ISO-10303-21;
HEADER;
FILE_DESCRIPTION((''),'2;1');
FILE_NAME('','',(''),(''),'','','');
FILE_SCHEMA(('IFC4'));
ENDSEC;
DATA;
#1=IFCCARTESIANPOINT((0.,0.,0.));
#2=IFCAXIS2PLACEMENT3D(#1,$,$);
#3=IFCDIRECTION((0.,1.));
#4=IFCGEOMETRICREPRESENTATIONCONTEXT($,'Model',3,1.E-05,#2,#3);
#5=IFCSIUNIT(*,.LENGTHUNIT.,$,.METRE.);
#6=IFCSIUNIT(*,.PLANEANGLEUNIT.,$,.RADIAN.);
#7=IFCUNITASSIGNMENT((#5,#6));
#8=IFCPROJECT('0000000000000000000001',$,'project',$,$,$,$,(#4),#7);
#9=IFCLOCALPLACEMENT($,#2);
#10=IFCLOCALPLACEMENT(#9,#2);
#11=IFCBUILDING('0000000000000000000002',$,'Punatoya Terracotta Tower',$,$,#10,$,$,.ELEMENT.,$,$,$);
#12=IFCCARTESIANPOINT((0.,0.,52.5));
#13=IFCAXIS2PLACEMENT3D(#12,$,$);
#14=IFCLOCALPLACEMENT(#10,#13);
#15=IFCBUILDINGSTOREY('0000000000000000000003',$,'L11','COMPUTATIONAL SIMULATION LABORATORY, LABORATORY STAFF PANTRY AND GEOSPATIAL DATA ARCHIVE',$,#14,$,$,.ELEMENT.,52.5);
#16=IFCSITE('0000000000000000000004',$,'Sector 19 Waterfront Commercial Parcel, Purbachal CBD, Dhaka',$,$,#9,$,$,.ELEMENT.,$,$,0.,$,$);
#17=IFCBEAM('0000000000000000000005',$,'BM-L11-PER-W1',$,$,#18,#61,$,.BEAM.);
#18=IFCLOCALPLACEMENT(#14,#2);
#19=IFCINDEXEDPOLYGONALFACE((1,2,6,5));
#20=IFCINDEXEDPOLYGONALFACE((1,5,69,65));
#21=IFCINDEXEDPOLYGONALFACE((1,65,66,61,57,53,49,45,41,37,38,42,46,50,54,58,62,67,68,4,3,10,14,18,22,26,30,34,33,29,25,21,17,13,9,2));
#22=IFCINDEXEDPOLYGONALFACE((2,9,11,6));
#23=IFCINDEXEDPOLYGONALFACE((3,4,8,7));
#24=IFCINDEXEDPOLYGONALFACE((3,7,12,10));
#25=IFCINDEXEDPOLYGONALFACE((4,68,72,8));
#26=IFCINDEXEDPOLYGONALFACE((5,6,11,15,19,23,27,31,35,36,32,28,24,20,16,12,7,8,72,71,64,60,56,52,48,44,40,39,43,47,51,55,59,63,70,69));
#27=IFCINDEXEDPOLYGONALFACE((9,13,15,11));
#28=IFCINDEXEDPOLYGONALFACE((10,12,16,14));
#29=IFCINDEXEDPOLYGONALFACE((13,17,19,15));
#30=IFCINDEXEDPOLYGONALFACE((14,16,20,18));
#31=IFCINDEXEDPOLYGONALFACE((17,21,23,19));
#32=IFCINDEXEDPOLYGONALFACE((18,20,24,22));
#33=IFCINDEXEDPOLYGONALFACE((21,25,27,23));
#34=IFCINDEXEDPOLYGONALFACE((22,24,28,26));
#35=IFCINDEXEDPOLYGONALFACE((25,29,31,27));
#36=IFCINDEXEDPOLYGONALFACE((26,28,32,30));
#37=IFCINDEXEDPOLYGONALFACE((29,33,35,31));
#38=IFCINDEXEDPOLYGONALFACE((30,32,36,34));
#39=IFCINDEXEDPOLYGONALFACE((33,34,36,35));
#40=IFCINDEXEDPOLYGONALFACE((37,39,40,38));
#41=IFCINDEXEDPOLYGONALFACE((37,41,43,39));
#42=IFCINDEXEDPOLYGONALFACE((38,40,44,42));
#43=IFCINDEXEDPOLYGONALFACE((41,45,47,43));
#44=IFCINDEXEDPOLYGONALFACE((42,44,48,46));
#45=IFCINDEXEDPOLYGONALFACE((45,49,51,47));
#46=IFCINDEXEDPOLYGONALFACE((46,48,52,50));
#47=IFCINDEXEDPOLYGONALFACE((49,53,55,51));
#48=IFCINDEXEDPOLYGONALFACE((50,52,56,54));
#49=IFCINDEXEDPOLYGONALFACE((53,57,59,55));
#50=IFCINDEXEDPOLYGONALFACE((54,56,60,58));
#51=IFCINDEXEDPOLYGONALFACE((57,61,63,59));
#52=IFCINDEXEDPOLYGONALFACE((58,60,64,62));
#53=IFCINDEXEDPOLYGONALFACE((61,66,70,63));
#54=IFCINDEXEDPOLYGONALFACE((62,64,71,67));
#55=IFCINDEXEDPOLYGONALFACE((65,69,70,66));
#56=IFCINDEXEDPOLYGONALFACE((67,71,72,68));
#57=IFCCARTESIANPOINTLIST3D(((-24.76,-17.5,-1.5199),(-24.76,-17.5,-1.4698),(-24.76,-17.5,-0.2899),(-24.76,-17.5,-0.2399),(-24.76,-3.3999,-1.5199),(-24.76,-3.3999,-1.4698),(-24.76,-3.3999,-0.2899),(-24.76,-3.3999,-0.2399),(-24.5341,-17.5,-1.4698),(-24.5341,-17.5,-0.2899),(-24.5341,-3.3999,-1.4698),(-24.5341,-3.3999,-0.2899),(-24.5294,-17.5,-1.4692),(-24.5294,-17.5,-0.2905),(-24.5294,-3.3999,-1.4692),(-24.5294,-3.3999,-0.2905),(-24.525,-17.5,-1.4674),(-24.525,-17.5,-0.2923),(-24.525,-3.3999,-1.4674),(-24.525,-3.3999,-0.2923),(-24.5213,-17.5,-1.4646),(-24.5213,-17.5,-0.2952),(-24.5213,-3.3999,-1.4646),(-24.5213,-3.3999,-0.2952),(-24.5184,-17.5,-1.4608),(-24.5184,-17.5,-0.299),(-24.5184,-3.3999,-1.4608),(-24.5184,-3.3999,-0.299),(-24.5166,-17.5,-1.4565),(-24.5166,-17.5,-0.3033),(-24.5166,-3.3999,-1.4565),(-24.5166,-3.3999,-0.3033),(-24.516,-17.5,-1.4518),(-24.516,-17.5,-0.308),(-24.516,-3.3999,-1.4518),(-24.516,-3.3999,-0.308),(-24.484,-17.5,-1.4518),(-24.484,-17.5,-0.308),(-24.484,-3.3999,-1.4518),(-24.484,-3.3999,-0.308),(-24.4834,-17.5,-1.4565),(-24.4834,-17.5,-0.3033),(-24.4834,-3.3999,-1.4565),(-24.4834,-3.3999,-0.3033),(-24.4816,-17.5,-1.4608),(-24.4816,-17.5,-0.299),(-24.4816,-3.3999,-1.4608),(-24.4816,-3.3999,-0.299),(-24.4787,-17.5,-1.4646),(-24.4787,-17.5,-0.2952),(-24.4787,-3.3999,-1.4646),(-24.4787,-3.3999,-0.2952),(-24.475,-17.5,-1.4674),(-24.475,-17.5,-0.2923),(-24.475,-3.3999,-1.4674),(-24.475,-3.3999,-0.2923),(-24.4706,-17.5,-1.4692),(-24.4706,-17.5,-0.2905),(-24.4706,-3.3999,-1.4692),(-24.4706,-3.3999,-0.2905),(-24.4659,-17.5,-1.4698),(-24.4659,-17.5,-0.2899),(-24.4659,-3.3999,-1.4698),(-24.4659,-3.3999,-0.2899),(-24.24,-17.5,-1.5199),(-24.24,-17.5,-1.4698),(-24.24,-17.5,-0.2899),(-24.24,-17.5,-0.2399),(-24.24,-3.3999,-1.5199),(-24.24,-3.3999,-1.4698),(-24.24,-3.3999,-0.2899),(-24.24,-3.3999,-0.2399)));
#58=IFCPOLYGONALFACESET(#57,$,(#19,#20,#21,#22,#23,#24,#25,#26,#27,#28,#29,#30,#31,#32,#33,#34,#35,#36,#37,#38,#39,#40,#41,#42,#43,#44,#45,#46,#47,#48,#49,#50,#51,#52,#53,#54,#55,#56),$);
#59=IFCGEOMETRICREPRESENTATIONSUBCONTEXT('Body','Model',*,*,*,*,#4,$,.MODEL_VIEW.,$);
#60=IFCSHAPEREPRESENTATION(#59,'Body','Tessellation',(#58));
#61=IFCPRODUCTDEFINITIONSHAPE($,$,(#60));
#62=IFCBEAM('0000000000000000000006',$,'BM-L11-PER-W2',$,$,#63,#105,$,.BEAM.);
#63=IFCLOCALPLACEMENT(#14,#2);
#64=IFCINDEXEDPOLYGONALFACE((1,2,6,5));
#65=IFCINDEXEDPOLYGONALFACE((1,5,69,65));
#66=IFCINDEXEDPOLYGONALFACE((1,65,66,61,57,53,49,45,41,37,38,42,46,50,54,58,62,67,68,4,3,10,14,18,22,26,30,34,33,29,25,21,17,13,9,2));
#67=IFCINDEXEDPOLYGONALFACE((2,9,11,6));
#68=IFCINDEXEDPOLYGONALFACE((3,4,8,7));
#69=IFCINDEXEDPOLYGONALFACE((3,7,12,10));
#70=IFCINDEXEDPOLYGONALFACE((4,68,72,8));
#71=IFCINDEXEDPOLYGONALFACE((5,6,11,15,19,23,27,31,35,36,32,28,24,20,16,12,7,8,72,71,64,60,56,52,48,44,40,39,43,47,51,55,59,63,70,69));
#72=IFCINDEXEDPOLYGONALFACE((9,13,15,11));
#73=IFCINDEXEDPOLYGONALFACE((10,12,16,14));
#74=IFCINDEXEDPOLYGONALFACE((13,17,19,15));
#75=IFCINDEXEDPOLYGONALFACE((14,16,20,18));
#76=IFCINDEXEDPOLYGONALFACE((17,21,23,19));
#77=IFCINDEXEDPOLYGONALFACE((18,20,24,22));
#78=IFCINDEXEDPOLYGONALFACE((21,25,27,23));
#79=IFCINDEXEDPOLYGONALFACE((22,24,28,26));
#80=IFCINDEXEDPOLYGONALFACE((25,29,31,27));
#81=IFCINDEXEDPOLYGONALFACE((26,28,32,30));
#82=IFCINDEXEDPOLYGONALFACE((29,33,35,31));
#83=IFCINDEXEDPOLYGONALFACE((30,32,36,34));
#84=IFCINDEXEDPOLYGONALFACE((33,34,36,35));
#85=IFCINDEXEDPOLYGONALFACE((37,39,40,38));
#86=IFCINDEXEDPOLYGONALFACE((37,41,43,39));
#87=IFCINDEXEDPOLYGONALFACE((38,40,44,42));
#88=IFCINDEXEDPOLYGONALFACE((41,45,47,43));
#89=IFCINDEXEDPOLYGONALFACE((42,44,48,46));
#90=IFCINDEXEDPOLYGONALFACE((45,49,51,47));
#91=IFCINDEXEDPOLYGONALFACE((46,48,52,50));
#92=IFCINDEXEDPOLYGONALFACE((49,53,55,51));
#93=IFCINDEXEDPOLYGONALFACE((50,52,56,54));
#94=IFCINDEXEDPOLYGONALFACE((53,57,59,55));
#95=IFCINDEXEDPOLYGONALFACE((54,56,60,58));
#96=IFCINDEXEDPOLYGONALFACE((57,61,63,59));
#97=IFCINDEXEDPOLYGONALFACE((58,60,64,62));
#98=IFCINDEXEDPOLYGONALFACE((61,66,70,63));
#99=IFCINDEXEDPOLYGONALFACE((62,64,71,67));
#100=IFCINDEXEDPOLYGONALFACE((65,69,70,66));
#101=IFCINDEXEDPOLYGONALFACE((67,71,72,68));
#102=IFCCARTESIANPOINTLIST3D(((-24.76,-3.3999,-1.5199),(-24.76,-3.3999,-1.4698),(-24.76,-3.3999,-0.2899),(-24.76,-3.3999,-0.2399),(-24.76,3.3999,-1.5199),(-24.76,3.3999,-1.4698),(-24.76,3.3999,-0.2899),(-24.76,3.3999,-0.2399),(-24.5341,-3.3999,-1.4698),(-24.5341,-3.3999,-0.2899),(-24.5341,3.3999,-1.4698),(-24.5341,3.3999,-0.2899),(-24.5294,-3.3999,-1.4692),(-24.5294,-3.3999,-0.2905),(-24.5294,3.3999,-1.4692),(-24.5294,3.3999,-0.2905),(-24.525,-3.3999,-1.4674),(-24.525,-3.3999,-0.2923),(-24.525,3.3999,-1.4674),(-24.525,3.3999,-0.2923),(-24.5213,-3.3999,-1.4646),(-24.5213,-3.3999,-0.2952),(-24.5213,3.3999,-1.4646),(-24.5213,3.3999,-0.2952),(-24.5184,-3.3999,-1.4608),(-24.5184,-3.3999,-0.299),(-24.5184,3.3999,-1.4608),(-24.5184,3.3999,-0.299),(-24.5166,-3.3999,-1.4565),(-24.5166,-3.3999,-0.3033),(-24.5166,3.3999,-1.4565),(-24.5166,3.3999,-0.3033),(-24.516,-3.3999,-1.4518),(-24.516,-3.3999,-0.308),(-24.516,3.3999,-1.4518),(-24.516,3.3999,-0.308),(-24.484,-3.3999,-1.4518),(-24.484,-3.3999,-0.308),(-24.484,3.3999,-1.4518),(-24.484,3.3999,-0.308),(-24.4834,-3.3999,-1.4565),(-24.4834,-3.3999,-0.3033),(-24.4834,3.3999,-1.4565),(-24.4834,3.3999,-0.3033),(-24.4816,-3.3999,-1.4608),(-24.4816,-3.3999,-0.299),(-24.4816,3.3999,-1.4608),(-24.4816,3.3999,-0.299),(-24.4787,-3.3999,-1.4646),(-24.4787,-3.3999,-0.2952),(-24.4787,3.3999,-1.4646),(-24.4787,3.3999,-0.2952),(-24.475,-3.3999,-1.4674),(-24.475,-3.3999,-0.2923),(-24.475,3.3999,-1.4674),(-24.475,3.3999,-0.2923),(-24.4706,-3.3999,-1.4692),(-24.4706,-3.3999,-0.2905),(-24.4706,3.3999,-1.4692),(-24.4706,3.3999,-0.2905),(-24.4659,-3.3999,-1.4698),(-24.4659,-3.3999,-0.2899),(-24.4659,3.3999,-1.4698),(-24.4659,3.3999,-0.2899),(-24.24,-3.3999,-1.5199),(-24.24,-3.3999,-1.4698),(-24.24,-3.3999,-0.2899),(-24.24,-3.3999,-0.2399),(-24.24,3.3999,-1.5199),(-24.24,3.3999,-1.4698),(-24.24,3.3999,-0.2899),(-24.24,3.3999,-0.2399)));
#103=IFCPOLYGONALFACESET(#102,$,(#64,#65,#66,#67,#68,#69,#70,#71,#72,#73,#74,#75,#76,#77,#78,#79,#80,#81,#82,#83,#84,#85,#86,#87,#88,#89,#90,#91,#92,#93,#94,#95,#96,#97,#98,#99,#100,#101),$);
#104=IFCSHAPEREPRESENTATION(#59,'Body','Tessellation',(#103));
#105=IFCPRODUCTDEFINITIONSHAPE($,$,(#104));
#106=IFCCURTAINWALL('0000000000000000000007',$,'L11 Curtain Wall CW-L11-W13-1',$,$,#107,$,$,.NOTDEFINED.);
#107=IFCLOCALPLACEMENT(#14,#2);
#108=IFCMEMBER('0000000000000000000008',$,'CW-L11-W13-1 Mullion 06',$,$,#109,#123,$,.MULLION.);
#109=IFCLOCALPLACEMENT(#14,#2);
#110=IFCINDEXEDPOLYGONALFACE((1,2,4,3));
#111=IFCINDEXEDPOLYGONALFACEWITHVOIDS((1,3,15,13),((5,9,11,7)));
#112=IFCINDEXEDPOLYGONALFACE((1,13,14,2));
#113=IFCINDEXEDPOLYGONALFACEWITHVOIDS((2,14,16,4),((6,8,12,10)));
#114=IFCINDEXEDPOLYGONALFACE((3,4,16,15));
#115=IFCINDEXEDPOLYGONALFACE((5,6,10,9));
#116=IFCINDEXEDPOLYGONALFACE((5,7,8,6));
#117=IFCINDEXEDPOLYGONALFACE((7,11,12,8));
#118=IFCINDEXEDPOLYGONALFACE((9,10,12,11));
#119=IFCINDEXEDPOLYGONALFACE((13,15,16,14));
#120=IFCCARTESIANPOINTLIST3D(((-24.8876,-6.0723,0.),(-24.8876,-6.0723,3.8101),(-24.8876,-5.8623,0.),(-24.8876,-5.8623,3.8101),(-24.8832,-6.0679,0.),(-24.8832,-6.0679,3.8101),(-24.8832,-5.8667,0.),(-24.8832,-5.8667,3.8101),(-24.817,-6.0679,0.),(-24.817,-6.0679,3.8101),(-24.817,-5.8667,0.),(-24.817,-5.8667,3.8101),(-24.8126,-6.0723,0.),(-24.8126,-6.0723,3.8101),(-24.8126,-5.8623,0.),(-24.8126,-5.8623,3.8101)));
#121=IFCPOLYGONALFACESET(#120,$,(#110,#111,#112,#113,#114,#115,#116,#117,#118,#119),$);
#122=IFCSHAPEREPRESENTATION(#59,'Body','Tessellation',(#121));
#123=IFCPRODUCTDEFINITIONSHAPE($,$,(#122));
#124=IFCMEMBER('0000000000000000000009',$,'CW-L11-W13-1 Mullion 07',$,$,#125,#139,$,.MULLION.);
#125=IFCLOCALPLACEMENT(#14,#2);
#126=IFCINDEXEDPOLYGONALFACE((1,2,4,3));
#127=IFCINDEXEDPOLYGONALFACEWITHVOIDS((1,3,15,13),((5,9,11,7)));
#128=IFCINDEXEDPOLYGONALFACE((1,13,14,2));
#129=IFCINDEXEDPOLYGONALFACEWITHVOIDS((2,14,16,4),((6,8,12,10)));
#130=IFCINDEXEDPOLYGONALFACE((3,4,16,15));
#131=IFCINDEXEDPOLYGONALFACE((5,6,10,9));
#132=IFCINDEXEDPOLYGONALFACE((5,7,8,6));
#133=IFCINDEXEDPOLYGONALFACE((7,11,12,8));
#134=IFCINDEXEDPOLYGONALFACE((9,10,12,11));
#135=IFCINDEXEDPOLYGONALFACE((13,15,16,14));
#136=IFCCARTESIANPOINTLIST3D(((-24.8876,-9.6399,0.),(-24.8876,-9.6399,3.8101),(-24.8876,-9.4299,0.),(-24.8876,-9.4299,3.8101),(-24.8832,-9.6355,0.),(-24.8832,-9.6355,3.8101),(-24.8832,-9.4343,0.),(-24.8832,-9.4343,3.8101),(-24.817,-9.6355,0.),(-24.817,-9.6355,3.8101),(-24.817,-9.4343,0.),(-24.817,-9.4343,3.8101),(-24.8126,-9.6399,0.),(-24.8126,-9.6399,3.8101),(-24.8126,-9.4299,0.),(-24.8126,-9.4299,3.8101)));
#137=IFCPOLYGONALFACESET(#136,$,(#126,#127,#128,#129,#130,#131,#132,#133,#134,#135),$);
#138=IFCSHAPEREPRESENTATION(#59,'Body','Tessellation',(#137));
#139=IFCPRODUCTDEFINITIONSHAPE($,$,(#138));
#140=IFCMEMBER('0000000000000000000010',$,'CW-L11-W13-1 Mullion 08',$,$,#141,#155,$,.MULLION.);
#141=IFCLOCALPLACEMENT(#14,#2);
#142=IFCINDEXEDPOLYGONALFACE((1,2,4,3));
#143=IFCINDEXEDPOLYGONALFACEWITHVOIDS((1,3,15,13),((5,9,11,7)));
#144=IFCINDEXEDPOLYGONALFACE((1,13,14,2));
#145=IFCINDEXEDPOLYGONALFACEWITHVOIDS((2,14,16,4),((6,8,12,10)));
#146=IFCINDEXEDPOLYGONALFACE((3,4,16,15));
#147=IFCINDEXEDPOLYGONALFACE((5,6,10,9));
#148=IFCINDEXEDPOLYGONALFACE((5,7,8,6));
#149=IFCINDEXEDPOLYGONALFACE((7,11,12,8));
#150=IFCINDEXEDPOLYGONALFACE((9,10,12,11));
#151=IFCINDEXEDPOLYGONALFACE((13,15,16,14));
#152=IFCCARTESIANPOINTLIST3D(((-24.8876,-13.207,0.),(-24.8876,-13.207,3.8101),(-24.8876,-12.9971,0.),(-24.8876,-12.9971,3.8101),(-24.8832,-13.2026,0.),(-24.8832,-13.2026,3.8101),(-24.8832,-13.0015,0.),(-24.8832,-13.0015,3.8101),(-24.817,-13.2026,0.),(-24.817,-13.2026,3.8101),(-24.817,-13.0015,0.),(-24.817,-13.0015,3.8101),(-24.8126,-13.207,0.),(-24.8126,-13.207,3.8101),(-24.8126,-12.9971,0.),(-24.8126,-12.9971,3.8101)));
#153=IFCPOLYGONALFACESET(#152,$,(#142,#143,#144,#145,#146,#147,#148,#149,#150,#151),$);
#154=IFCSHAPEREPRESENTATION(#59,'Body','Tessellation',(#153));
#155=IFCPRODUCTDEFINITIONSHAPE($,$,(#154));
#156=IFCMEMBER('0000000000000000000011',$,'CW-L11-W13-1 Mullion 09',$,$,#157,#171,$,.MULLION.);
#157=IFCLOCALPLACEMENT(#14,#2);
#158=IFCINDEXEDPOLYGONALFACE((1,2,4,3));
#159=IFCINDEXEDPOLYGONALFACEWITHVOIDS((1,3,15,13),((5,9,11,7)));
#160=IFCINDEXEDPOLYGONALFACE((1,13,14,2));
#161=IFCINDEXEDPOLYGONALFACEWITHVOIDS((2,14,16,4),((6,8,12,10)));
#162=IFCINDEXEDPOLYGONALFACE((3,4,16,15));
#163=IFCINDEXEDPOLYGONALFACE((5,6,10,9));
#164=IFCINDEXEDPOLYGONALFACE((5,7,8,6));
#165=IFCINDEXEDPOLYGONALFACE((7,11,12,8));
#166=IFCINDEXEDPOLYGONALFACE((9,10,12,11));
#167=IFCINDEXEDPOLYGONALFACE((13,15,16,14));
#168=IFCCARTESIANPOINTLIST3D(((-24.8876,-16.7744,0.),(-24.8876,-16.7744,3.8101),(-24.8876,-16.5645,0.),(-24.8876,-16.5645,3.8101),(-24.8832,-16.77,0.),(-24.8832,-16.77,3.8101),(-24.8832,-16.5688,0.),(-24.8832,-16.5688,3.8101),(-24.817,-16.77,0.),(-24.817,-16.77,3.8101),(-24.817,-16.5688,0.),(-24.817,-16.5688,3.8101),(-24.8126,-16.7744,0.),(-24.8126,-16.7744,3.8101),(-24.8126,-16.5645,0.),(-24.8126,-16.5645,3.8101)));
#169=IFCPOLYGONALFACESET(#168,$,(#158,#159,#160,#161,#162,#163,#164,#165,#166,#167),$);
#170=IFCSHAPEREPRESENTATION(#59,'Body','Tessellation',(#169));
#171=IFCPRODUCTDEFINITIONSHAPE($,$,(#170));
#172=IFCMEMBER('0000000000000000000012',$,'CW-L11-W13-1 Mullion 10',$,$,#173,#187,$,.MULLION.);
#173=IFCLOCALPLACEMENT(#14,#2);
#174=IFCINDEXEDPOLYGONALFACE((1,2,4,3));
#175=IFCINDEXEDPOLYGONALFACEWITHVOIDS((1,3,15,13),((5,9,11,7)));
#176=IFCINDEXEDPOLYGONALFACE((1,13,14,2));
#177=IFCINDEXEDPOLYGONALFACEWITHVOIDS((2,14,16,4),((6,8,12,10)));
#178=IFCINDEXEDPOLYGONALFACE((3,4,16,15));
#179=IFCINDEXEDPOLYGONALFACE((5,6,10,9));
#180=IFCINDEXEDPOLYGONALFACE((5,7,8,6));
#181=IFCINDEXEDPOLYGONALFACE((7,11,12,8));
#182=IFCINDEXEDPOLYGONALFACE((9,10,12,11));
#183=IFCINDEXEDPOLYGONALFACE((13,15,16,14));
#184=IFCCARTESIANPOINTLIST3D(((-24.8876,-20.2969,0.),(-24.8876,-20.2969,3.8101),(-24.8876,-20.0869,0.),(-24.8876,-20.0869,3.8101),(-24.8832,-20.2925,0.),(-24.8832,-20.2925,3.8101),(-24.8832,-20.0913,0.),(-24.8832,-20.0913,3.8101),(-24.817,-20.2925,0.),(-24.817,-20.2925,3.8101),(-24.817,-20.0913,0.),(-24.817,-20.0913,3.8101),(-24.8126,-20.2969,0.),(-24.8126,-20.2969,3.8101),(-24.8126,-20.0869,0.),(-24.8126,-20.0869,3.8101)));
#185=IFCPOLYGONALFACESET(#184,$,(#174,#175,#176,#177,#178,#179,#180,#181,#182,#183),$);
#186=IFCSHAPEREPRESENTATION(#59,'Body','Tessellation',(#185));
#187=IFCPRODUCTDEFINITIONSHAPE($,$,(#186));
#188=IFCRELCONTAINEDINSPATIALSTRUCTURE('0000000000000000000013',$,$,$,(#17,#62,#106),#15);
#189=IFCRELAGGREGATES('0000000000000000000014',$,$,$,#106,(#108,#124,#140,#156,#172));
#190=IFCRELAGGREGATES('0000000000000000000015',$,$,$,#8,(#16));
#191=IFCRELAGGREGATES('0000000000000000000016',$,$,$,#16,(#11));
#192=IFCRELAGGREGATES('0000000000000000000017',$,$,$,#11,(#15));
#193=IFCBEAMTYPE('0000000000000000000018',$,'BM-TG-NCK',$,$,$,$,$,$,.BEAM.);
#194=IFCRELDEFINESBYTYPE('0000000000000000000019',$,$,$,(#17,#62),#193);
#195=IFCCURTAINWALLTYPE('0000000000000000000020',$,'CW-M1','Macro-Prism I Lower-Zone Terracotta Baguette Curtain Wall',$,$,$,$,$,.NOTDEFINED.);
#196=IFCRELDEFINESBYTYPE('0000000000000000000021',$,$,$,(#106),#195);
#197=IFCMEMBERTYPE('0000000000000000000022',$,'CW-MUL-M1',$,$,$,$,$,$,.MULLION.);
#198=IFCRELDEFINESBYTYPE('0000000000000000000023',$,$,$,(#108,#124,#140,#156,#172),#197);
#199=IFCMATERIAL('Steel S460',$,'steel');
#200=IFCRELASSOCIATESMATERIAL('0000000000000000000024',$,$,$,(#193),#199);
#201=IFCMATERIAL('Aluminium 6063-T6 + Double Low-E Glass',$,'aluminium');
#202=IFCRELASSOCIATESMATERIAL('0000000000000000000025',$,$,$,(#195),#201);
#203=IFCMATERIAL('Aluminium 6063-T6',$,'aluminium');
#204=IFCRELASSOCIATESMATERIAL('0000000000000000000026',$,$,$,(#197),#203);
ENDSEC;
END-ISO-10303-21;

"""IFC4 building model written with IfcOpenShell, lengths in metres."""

from ifc_helpers import new_model, si_unit, direction, frame, origin, origin_2d, place, context, subcontext, project, spatial, hollow_rectangle, i_section, extrude, material, material_profile, profile_set, type_object, element, aggregate, save


model = new_model("IFC4")

# Units and contexts
model_context = context("Model", 3, precision=1e-05, world=origin(), true_north=direction((0.0, 1.0)))
body_context = subcontext(model_context, "Body", "Model", "MODEL_VIEW")
ifc_project = project(units=[si_unit("LENGTHUNIT", "METRE"), si_unit("PLANEANGLEUNIT", "RADIAN")], contexts=[model_context])

# Site, building, storey
site_placement = place(None, origin())
site = spatial("IfcSite", under=ifc_project, at=site_placement, Name="Sector 19 Waterfront Commercial Parcel, Purbachal CBD, Dhaka", CompositionType="ELEMENT", RefElevation=0.0)
building_placement = place(site_placement, origin())
building = spatial("IfcBuilding", under=site, at=building_placement, Name="Punatoya Terracotta Tower", CompositionType="ELEMENT")
storey_placement = place(building_placement, frame((0.0, 0.0, 52.5)))
storey = spatial("IfcBuildingStorey", under=building, at=storey_placement, Name="L11", Description="COMPUTATIONAL SIMULATION LABORATORY, LABORATORY STAFF PANTRY AND GEOSPATIAL DATA ARCHIVE", CompositionType="ELEMENT", Elevation=52.5)

# Shared definitions
ifc_material_1 = material(Name="Steel S460", Category="steel")

# Beams
ifc_material_profile_1 = material_profile(ifc_material_1, i_section(OverallWidth=0.52, OverallDepth=1.28, WebThickness=0.032, FlangeThickness=0.05, FilletRadius=0.0181, at=origin_2d()))
ifc_profile_set_1 = profile_set([ifc_material_profile_1], Name="Steel S460")
beam_type_1 = type_object("IfcBeamType", Name="BM-TG-NCK", PredefinedType="BEAM", material=ifc_profile_set_1)
beam_1_placement = place(storey_placement, frame((-24.5, -17.5, -0.8799), z_axis=(0.0, 1.0, 0.0), x_axis=(-1.0, 0.0, 0.0)))
element("IfcBeam", 1, at=beam_1_placement, inside=storey, type_object=beam_type_1, Name="BM-L11-PER-W1", PredefinedType="BEAM", context=body_context, shape_type="SweptSolid", body=[
    extrude(i_section(OverallWidth=0.52, OverallDepth=1.28, WebThickness=0.032, FlangeThickness=0.05, FilletRadius=0.0181, at=origin_2d()), origin(), (0.0, 0.0, 1.0), 14.1001),
])
beam_2_placement = place(storey_placement, frame((-24.5, -3.3999, -0.8799), z_axis=(0.0, 1.0, 0.0), x_axis=(-1.0, 0.0, 0.0)))
element("IfcBeam", 2, at=beam_2_placement, inside=storey, type_object=beam_type_1, Name="BM-L11-PER-W2", PredefinedType="BEAM", context=body_context, shape_type="SweptSolid", body=[
    extrude(i_section(OverallWidth=0.52, OverallDepth=1.28, WebThickness=0.032, FlangeThickness=0.05, FilletRadius=0.0181, at=origin_2d()), origin(), (0.0, 0.0, 1.0), 6.7998),
])

# Curtain wall, members
ifc_material_2 = material(Name="Aluminium 6063-T6 + Double Low-E Glass", Category="aluminium")
curtain_wall_type = type_object("IfcCurtainWallType", Name="CW-M1", Description="Macro-Prism I Lower-Zone Terracotta Baguette Curtain Wall", PredefinedType="NOTDEFINED", material=ifc_material_2)
curtain_wall_1_placement = place(storey_placement, origin())
curtain_wall_1 = element("IfcCurtainWall", 3, at=curtain_wall_1_placement, inside=storey, type_object=curtain_wall_type, Name="L11 Curtain Wall CW-L11-W13-1", PredefinedType="NOTDEFINED")
ifc_material_3 = material(Name="Aluminium 6063-T6", Category="aluminium")
ifc_material_profile_2 = material_profile(ifc_material_3, hollow_rectangle(XDim=0.075, YDim=0.21, WallThickness=0.0044, at=origin_2d()))
ifc_profile_set_2 = profile_set([ifc_material_profile_2], Name="Aluminium 6063-T6")
member_type_1 = type_object("IfcMemberType", Name="CW-MUL-M1", PredefinedType="MULLION", material=ifc_profile_set_2)
member_1_placement = place(storey_placement, frame((-24.8501, -5.9673, 0.0), z_axis=(0.0, 0.0, 1.0), x_axis=(1.0, 0.0, 0.0)))
member_1 = element("IfcMember", 4, at=member_1_placement, type_object=member_type_1, Name="CW-L11-W13-1 Mullion 06", PredefinedType="MULLION", context=body_context, shape_type="SweptSolid", body=[
    extrude(hollow_rectangle(XDim=0.075, YDim=0.21, WallThickness=0.0044, at=origin_2d()), origin(), (0.0, 0.0, 1.0), 3.8101),
])
member_2_placement = place(storey_placement, frame((-24.8501, -9.5349, 0.0), z_axis=(0.0, 0.0, 1.0), x_axis=(1.0, 0.0, 0.0)))
member_2 = element("IfcMember", 5, at=member_2_placement, type_object=member_type_1, Name="CW-L11-W13-1 Mullion 07", PredefinedType="MULLION", context=body_context, shape_type="SweptSolid", body=[
    extrude(hollow_rectangle(XDim=0.075, YDim=0.21, WallThickness=0.0044, at=origin_2d()), origin(), (0.0, 0.0, 1.0), 3.8101),
])
member_3_placement = place(storey_placement, frame((-24.8501, -13.1021, 0.0), z_axis=(0.0, 0.0, 1.0), x_axis=(1.0, 0.0, 0.0)))
member_3 = element("IfcMember", 6, at=member_3_placement, type_object=member_type_1, Name="CW-L11-W13-1 Mullion 08", PredefinedType="MULLION", context=body_context, shape_type="SweptSolid", body=[
    extrude(hollow_rectangle(XDim=0.075, YDim=0.21, WallThickness=0.0044, at=origin_2d()), origin(), (0.0, 0.0, 1.0), 3.8101),
])
member_4_placement = place(storey_placement, frame((-24.8501, -16.6694, 0.0), z_axis=(0.0, 0.0, 1.0), x_axis=(1.0, 0.0, 0.0)))
member_4 = element("IfcMember", 7, at=member_4_placement, type_object=member_type_1, Name="CW-L11-W13-1 Mullion 09", PredefinedType="MULLION", context=body_context, shape_type="SweptSolid", body=[
    extrude(hollow_rectangle(XDim=0.075, YDim=0.21, WallThickness=0.0044, at=origin_2d()), origin(), (0.0, 0.0, 1.0), 3.8101),
])
member_5_placement = place(storey_placement, frame((-24.8501, -20.1919, 0.0), z_axis=(0.0, 0.0, 1.0), x_axis=(1.0, 0.0, 0.0)))
member_5 = element("IfcMember", 8, at=member_5_placement, type_object=member_type_1, Name="CW-L11-W13-1 Mullion 10", PredefinedType="MULLION", context=body_context, shape_type="SweptSolid", body=[
    extrude(hollow_rectangle(XDim=0.075, YDim=0.21, WallThickness=0.0044, at=origin_2d()), origin(), (0.0, 0.0, 1.0), 3.8101),
])

aggregate(curtain_wall_1, [member_1, member_2, member_3, member_4, member_5])

save(model, "model.ifc")
